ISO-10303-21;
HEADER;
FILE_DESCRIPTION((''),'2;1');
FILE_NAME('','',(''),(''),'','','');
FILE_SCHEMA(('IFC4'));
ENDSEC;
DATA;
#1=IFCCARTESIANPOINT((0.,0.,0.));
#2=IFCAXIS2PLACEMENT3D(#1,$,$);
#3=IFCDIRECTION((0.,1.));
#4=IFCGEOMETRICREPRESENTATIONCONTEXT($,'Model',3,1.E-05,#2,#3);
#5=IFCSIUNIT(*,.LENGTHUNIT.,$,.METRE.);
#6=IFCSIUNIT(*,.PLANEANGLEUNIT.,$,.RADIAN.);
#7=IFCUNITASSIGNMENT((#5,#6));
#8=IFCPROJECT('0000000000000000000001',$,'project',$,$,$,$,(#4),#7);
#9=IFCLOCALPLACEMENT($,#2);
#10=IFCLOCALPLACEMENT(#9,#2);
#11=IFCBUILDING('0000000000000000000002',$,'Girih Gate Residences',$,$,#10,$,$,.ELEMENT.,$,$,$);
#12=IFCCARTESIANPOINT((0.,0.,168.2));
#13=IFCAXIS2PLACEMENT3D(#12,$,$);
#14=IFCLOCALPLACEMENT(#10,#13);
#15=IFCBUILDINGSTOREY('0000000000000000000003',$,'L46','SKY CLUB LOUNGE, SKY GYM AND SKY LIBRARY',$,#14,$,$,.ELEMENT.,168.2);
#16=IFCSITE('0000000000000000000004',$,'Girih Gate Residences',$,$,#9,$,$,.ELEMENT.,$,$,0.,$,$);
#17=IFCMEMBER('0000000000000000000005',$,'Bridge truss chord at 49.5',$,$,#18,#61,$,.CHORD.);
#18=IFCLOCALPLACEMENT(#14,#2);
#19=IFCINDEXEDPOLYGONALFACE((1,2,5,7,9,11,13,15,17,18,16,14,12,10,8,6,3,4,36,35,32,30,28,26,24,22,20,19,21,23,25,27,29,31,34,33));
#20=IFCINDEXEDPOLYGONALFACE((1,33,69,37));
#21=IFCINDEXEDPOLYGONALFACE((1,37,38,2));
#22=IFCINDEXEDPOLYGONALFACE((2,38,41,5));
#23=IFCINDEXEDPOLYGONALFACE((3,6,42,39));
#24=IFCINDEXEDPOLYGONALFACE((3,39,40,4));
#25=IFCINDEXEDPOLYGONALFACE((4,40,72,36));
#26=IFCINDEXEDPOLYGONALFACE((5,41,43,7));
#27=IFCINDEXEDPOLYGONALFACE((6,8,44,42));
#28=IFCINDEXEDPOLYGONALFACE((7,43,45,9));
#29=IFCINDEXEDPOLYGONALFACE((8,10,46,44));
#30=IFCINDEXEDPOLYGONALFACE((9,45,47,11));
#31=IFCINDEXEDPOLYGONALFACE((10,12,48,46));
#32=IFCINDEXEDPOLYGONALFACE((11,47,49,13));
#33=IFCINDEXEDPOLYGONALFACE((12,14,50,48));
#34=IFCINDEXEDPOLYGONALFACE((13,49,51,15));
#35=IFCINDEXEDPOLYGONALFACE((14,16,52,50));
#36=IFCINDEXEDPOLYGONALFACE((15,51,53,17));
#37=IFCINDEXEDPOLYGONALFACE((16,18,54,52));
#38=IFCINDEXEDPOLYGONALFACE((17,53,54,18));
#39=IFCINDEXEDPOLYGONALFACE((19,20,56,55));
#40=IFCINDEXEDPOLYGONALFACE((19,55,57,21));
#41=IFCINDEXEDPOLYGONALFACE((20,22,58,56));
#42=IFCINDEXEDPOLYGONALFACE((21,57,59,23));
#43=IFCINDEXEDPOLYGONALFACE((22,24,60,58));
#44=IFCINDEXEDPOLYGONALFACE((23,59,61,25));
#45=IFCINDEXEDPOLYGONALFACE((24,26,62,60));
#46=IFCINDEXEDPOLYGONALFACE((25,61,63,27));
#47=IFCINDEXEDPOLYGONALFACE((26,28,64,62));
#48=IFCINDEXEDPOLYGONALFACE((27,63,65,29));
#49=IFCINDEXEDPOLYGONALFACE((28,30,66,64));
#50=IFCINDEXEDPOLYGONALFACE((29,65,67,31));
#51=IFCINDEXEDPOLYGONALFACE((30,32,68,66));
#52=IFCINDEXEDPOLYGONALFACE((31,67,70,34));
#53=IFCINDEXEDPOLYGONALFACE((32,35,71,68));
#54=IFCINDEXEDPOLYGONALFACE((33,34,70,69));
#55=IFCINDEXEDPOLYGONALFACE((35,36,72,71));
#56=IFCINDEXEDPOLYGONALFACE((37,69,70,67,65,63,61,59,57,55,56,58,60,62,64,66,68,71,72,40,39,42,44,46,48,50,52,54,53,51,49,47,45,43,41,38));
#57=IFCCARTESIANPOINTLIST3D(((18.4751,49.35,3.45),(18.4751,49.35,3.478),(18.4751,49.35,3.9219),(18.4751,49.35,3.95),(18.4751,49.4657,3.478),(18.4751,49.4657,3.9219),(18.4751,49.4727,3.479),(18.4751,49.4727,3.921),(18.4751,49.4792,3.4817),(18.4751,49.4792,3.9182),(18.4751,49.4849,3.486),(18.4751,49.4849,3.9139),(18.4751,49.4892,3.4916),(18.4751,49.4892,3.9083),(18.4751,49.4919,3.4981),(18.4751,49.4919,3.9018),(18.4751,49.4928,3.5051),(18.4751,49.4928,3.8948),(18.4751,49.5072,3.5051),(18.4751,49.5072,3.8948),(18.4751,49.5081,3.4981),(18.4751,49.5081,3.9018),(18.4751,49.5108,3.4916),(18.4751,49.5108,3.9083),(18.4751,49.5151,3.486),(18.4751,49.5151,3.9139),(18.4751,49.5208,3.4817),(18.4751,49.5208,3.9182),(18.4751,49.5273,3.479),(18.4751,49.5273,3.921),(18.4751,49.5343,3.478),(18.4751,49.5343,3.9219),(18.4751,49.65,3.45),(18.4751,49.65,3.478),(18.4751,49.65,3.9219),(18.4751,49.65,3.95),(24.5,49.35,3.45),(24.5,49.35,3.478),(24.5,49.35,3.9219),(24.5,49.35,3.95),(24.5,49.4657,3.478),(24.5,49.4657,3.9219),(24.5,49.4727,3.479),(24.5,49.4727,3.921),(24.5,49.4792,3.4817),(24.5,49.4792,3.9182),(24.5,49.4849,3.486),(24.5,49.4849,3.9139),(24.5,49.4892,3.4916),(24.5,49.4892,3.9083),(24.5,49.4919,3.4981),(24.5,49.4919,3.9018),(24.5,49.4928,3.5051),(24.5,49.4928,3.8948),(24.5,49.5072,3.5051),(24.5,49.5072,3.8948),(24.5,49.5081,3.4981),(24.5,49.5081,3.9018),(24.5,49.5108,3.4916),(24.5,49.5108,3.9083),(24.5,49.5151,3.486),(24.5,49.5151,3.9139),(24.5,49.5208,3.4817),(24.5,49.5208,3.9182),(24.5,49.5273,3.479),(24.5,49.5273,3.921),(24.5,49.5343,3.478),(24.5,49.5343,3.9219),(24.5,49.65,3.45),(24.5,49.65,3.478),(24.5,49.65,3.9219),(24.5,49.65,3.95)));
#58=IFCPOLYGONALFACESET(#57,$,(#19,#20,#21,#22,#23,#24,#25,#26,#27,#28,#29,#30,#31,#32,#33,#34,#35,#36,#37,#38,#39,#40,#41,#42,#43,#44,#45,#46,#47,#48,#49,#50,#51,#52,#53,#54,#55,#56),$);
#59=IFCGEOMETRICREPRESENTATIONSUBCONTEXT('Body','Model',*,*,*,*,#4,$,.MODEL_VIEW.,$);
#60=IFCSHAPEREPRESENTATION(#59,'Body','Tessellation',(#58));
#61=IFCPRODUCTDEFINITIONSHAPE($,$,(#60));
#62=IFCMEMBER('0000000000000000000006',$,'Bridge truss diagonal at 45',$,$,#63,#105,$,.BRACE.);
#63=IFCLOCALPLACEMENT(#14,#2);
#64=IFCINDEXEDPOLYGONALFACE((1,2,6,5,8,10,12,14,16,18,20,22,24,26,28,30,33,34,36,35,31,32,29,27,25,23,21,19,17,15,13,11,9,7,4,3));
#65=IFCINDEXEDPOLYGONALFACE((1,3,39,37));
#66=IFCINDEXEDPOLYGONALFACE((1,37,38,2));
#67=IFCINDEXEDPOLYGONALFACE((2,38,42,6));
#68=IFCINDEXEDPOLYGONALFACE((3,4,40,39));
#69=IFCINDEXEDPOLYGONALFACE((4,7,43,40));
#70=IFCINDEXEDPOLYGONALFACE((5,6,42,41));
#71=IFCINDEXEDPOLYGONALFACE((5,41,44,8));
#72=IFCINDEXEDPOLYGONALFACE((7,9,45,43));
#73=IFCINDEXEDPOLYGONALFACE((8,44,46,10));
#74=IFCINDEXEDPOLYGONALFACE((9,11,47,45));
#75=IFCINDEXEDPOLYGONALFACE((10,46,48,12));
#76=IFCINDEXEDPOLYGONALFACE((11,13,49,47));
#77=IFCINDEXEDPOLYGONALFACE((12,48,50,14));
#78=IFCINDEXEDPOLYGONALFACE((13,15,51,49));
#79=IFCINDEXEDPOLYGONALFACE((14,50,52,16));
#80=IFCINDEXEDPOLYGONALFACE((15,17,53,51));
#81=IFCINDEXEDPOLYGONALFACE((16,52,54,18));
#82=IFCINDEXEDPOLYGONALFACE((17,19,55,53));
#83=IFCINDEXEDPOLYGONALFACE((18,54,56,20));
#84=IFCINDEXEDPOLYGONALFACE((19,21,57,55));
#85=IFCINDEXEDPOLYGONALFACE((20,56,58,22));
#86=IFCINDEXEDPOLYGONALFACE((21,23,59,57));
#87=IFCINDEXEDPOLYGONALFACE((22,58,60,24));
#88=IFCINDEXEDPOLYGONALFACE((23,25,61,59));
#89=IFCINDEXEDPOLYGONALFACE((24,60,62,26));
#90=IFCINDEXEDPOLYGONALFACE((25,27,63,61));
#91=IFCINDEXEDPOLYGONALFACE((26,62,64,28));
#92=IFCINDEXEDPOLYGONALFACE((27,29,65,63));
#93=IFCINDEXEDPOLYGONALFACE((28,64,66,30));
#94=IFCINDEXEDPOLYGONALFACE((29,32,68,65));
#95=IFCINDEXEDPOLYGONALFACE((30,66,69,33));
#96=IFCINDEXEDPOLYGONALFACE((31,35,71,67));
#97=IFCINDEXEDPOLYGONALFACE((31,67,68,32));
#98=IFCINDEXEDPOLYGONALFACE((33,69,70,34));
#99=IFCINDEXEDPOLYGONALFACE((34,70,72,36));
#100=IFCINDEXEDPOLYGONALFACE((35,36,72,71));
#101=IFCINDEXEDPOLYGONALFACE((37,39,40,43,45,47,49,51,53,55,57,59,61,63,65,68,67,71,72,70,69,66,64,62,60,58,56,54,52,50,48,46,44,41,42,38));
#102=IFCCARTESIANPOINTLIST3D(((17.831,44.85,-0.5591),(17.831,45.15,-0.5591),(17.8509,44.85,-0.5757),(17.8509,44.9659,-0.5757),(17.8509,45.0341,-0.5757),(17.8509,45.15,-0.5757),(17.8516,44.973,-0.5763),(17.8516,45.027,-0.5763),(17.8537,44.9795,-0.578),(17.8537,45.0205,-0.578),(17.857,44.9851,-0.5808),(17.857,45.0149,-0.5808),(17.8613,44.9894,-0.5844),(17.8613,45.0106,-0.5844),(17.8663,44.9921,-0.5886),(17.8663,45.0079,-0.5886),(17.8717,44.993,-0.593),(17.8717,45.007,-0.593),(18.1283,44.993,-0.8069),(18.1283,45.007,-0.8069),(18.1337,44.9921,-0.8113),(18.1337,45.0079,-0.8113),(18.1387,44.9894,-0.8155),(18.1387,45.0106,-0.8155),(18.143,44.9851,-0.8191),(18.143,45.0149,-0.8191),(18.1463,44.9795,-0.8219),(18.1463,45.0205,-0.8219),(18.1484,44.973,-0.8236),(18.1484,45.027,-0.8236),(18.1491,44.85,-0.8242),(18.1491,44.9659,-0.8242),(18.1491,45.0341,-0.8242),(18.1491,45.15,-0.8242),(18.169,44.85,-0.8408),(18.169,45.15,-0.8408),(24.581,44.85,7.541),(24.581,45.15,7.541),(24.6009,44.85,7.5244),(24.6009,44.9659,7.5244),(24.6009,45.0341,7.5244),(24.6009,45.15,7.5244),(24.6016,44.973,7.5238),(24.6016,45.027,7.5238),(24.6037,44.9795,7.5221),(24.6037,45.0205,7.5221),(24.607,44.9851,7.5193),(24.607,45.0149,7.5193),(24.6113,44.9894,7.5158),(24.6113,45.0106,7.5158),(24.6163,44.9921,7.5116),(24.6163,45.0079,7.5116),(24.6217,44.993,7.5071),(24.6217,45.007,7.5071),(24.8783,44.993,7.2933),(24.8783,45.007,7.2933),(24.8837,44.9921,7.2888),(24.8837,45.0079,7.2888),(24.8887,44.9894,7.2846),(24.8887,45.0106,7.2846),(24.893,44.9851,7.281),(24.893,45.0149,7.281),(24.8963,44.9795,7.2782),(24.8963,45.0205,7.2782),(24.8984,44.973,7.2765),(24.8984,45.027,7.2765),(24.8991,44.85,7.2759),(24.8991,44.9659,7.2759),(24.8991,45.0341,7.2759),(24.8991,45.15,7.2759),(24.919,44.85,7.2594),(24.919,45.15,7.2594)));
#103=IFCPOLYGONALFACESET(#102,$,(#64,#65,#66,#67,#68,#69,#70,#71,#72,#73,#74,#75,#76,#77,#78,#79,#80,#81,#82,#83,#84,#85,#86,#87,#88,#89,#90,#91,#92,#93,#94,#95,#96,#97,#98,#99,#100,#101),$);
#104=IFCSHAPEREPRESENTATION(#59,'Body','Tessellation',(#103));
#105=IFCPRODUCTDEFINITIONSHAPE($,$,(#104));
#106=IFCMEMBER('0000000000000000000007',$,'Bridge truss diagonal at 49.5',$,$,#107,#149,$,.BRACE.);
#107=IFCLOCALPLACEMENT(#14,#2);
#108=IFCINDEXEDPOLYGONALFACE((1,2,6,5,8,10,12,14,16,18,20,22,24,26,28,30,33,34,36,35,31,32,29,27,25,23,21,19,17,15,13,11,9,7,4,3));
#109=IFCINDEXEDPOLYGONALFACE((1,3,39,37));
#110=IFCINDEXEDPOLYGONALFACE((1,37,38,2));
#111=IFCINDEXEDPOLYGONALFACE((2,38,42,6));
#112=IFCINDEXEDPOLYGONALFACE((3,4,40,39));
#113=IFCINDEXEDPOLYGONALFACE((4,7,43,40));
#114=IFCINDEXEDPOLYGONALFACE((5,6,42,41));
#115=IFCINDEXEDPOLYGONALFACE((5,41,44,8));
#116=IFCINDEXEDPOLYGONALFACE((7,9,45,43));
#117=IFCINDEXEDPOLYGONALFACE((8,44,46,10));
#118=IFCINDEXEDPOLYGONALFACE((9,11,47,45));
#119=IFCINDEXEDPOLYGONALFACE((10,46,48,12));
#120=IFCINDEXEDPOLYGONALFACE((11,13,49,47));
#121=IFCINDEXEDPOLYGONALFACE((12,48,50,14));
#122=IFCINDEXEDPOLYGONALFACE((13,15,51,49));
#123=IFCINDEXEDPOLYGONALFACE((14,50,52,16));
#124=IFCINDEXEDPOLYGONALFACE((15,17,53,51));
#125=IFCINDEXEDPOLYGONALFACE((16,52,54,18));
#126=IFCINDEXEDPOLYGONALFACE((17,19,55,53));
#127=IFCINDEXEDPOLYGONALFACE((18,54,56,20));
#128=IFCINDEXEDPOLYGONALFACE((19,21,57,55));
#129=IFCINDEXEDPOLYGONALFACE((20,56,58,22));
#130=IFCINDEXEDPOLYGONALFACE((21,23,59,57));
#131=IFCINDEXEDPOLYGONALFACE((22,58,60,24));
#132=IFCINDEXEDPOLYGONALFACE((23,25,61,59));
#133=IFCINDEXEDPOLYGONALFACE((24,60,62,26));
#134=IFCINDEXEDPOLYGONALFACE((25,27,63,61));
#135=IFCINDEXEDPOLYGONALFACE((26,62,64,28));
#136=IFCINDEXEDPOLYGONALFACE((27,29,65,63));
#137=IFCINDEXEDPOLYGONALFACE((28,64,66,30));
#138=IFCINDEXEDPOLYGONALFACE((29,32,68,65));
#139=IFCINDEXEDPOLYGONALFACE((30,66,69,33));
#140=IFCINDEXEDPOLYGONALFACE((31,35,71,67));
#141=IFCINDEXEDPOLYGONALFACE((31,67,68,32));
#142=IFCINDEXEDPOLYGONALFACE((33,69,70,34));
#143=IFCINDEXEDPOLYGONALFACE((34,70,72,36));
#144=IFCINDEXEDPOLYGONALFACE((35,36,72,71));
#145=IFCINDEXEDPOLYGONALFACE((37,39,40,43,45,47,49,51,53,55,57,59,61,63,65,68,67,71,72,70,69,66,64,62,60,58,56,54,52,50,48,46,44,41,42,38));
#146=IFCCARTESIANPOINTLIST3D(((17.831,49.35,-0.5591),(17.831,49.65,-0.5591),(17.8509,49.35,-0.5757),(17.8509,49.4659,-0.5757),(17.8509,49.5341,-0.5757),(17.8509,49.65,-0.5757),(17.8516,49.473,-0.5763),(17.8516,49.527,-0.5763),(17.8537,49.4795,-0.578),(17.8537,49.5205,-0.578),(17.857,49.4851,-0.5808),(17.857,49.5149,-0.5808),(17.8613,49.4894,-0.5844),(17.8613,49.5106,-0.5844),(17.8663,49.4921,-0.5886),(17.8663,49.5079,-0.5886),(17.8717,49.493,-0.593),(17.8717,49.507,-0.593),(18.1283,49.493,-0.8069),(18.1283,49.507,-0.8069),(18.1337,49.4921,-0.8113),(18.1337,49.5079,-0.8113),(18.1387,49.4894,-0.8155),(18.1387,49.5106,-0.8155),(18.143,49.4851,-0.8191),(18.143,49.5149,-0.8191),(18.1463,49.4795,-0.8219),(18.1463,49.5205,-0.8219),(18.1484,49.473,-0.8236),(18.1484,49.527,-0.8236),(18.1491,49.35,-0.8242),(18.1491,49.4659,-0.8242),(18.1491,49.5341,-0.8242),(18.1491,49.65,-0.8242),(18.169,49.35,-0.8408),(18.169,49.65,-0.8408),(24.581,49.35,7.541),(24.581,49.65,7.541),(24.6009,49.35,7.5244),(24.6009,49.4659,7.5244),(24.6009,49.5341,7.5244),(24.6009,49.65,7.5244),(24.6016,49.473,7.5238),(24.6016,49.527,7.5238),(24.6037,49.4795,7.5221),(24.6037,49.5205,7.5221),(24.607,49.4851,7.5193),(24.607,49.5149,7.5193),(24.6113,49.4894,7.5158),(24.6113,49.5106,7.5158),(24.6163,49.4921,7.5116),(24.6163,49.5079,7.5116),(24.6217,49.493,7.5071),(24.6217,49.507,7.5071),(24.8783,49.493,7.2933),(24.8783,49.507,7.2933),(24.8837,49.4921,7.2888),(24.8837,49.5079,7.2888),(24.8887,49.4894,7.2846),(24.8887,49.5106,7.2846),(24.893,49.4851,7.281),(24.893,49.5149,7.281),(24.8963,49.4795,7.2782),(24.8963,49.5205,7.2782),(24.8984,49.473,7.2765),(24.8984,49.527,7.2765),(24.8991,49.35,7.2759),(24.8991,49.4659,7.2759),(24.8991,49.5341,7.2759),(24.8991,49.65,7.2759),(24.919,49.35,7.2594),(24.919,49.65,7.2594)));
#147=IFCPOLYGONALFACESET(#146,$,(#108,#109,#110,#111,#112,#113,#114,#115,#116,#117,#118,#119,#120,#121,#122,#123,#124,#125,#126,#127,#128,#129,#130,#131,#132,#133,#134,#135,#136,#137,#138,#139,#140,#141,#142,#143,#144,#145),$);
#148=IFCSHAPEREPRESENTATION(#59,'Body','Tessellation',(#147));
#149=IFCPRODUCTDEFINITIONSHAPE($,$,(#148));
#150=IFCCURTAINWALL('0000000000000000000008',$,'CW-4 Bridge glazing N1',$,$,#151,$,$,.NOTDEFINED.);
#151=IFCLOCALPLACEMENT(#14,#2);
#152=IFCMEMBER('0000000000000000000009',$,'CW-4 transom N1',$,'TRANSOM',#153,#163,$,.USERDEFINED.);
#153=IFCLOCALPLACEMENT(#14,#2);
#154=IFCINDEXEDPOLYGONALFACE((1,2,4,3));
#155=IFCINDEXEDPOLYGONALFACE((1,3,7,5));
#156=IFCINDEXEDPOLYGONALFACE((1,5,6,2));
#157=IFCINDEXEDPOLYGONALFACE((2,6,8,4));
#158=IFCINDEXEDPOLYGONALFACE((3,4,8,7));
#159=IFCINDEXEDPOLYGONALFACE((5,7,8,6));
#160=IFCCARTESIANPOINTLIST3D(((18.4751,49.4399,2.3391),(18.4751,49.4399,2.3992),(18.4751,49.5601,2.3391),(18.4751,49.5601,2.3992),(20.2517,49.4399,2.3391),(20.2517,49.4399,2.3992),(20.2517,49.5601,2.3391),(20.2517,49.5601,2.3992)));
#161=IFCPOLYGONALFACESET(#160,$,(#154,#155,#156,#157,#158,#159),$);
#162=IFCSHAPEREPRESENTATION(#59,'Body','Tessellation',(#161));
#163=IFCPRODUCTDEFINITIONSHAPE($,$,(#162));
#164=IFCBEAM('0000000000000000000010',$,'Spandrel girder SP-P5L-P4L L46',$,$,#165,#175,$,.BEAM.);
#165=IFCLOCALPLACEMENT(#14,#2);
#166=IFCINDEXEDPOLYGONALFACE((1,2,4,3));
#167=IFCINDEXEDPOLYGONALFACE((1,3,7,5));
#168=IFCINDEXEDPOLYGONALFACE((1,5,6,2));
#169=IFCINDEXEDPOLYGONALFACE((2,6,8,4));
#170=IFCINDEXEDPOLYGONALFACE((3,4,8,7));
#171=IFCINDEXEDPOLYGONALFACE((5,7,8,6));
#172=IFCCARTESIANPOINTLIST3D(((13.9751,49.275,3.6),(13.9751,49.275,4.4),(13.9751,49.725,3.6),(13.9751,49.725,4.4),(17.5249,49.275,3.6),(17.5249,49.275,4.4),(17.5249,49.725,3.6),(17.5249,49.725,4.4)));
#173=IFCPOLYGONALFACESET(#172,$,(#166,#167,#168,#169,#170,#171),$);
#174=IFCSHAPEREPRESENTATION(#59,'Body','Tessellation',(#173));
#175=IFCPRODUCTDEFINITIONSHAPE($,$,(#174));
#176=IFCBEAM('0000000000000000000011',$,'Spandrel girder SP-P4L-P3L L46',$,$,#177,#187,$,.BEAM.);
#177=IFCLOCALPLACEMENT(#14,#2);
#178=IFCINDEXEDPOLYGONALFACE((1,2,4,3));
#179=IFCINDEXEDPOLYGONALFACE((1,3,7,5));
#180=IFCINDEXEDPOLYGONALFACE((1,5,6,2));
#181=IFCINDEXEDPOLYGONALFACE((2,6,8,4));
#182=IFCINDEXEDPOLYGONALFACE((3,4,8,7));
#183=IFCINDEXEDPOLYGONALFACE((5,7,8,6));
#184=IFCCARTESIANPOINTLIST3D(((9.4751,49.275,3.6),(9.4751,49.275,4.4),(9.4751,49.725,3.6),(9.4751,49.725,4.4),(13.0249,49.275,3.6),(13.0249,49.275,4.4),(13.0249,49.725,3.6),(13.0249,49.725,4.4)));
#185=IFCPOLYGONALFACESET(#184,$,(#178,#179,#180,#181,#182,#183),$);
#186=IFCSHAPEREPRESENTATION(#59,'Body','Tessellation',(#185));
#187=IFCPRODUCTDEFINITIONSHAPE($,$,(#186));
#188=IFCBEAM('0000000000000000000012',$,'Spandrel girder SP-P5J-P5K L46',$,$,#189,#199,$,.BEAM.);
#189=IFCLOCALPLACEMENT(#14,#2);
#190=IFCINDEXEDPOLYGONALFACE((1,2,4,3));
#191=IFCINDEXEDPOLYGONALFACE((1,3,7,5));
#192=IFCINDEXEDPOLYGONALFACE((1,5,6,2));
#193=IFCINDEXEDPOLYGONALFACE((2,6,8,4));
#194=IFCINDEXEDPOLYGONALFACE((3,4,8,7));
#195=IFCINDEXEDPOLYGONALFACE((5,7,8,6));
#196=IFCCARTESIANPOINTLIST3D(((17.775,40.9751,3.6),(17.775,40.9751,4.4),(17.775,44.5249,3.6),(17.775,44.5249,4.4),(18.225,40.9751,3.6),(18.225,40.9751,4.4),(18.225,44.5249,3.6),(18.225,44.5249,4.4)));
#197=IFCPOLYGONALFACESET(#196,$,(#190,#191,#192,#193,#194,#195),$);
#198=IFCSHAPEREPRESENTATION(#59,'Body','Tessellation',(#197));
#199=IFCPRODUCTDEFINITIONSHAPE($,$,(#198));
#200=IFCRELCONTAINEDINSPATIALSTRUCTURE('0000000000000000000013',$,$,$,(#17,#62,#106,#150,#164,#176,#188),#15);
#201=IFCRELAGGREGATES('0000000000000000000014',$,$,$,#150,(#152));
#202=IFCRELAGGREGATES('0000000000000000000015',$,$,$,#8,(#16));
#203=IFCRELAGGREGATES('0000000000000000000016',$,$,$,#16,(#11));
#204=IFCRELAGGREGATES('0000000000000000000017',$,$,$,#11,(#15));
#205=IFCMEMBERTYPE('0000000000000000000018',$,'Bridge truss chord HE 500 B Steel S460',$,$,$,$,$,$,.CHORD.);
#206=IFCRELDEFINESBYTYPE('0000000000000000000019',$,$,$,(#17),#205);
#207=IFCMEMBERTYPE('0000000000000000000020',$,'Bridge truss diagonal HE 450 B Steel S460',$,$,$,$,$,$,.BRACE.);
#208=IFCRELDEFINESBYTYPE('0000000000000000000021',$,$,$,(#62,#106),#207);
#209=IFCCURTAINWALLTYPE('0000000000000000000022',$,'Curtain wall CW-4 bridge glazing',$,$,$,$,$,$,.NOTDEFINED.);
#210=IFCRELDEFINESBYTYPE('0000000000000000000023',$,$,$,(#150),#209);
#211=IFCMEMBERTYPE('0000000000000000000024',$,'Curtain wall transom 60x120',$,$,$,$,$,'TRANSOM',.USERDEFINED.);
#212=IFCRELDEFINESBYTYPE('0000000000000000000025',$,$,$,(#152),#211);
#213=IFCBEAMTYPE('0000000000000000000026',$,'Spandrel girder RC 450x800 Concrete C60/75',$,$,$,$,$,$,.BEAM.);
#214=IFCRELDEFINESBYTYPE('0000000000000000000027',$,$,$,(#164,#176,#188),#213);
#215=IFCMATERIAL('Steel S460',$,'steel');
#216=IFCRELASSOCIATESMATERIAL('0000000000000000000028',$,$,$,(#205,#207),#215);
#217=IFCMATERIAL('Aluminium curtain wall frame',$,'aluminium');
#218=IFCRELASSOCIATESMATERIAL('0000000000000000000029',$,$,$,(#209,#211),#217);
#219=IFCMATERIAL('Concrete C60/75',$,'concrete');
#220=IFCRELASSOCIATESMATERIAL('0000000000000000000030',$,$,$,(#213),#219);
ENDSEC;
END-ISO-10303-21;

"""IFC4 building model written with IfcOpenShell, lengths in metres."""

from ifc_helpers import new_model, si_unit, direction, frame, origin, origin_2d, place, context, subcontext, project, spatial, rectangle, i_section, extrude, material, material_profile, profile_set, type_object, element, aggregate, save


model = new_model("IFC4")

# Units and contexts
model_context = context("Model", 3, precision=1e-05, world=origin(), true_north=direction((0.0, 1.0)))
body_context = subcontext(model_context, "Body", "Model", "MODEL_VIEW")
ifc_project = project(units=[si_unit("LENGTHUNIT", "METRE"), si_unit("PLANEANGLEUNIT", "RADIAN")], contexts=[model_context])

# Site, building, storey
site_placement = place(None, origin())
site = spatial("IfcSite", under=ifc_project, at=site_placement, Name="Girih Gate Residences", CompositionType="ELEMENT", RefElevation=0.0)
building_placement = place(site_placement, origin())
building = spatial("IfcBuilding", under=site, at=building_placement, Name="Girih Gate Residences", CompositionType="ELEMENT")
storey_placement = place(building_placement, frame((0.0, 0.0, 168.2)))
storey = spatial("IfcBuildingStorey", under=building, at=storey_placement, Name="L46", Description="SKY CLUB LOUNGE, SKY GYM AND SKY LIBRARY", CompositionType="ELEMENT", Elevation=168.2)

# Members
ifc_material_1 = material(Name="Steel S460", Category="steel")
ifc_material_profile_1 = material_profile(ifc_material_1, i_section(OverallWidth=0.3, OverallDepth=0.5, WebThickness=0.0144, FlangeThickness=0.0281, FilletRadius=0.0271, at=origin_2d()))
ifc_profile_set_1 = profile_set([ifc_material_profile_1], Name="Steel S460")
member_type_1 = type_object("IfcMemberType", Name="Bridge truss chord HE 500 B Steel S460", PredefinedType="CHORD", material=ifc_profile_set_1)
for number, where, z_axis, x_axis, name in (
    (1, (18.4751, 49.5, 3.7), (1.0, 0.0, 0.0), (0.0, 1.0, 0.0), "Bridge truss chord at 49.5"),
):
    element("IfcMember", number, at=place(storey_placement, frame(where, z_axis=z_axis, x_axis=x_axis)), inside=storey, type_object=member_type_1, Name=name, PredefinedType="CHORD", context=body_context, shape_type="SweptSolid", body=[
        extrude(i_section(OverallWidth=0.3, OverallDepth=0.5, WebThickness=0.0144, FlangeThickness=0.0281, FilletRadius=0.0271, at=origin_2d()), origin(), (0.0, 0.0, 1.0), 6.0249),
    ])
ifc_material_profile_2 = material_profile(ifc_material_1, i_section(OverallWidth=0.3, OverallDepth=0.4399, WebThickness=0.0139, FlangeThickness=0.0259, FilletRadius=0.0271, at=origin_2d()))
ifc_profile_set_2 = profile_set([ifc_material_profile_2], Name="Steel S460")
member_type_2 = type_object("IfcMemberType", Name="Bridge truss diagonal HE 450 B Steel S460", PredefinedType="BRACE", material=ifc_profile_set_2)
for number, where, z_axis, x_axis, name in (
    (2, (18.0, 45.0, -0.7), (0.64018, 0.0, 0.768225), (0.0, 1.0, 0.0), "Bridge truss diagonal at 45"),
    (3, (18.0, 49.5, -0.7), (0.64018, 0.0, 0.768225), (0.0, 1.0, 0.0), "Bridge truss diagonal at 49.5"),
):
    element("IfcMember", number, at=place(storey_placement, frame(where, z_axis=z_axis, x_axis=x_axis)), inside=storey, type_object=member_type_2, Name=name, PredefinedType="BRACE", context=body_context, shape_type="SweptSolid", body=[
        extrude(i_section(OverallWidth=0.3, OverallDepth=0.4399, WebThickness=0.0139, FlangeThickness=0.0259, FilletRadius=0.0271, at=origin_2d()), origin(), (0.0, 0.0, 1.0), 10.5439),
    ])

# Curtain wall, member
ifc_material_2 = material(Name="Aluminium curtain wall frame", Category="aluminium")
curtain_wall_type = type_object("IfcCurtainWallType", Name="Curtain wall CW-4 bridge glazing", PredefinedType="NOTDEFINED", material=ifc_material_2)
curtain_wall_1_placement = place(storey_placement, origin())
curtain_wall_1 = element("IfcCurtainWall", 4, at=curtain_wall_1_placement, inside=storey, type_object=curtain_wall_type, Name="CW-4 Bridge glazing N1", PredefinedType="NOTDEFINED")
ifc_material_profile_3 = material_profile(ifc_material_2, rectangle(XDim=0.1201, YDim=0.0601, at=origin_2d()))
ifc_profile_set_3 = profile_set([ifc_material_profile_3], Name="Aluminium curtain wall frame")
member_type_3 = type_object("IfcMemberType", Name="Curtain wall transom 60x120", ElementType="TRANSOM", PredefinedType="USERDEFINED", material=ifc_profile_set_3)
member_placement = place(storey_placement, frame((18.4751, 49.5, 2.3691), z_axis=(1.0, 0.0, 0.0), x_axis=(0.0, 1.0, 0.0)))
member = element("IfcMember", 5, at=member_placement, type_object=member_type_3, Name="CW-4 transom N1", ObjectType="TRANSOM", PredefinedType="USERDEFINED", context=body_context, shape_type="SweptSolid", body=[
    extrude(rectangle(XDim=0.1201, YDim=0.0601, at=origin_2d()), origin(), (0.0, 0.0, 1.0), 1.7766),
])

# Beams
ifc_material_3 = material(Name="Concrete C60/75", Category="concrete")
ifc_material_profile_4 = material_profile(ifc_material_3, rectangle(XDim=0.45, YDim=0.8, at=origin_2d()))
ifc_profile_set_4 = profile_set([ifc_material_profile_4], Name="Concrete C60/75")
beam_type = type_object("IfcBeamType", Name="Spandrel girder RC 450x800 Concrete C60/75", PredefinedType="BEAM", material=ifc_profile_set_4)
for number, where, z_axis, x_axis, name in (
    (6, (17.5249, 49.5, 4.0), (-1.0, 0.0, 0.0), (0.0, -1.0, 0.0), "Spandrel girder SP-P5L-P4L L46"),
    (7, (13.0249, 49.5, 4.0), (-1.0, 0.0, 0.0), (0.0, -1.0, 0.0), "Spandrel girder SP-P4L-P3L L46"),
    (8, (18.0, 40.9751, 4.0), (0.0, 1.0, 0.0), (-1.0, 0.0, 0.0), "Spandrel girder SP-P5J-P5K L46"),
):
    element("IfcBeam", number, at=place(storey_placement, frame(where, z_axis=z_axis, x_axis=x_axis)), inside=storey, type_object=beam_type, Name=name, PredefinedType="BEAM", context=body_context, shape_type="SweptSolid", body=[
        extrude(rectangle(XDim=0.45, YDim=0.8, at=origin_2d()), origin(), (0.0, 0.0, 1.0), 3.5498),
    ])

aggregate(curtain_wall_1, [member])

save(model, "model.ifc")
